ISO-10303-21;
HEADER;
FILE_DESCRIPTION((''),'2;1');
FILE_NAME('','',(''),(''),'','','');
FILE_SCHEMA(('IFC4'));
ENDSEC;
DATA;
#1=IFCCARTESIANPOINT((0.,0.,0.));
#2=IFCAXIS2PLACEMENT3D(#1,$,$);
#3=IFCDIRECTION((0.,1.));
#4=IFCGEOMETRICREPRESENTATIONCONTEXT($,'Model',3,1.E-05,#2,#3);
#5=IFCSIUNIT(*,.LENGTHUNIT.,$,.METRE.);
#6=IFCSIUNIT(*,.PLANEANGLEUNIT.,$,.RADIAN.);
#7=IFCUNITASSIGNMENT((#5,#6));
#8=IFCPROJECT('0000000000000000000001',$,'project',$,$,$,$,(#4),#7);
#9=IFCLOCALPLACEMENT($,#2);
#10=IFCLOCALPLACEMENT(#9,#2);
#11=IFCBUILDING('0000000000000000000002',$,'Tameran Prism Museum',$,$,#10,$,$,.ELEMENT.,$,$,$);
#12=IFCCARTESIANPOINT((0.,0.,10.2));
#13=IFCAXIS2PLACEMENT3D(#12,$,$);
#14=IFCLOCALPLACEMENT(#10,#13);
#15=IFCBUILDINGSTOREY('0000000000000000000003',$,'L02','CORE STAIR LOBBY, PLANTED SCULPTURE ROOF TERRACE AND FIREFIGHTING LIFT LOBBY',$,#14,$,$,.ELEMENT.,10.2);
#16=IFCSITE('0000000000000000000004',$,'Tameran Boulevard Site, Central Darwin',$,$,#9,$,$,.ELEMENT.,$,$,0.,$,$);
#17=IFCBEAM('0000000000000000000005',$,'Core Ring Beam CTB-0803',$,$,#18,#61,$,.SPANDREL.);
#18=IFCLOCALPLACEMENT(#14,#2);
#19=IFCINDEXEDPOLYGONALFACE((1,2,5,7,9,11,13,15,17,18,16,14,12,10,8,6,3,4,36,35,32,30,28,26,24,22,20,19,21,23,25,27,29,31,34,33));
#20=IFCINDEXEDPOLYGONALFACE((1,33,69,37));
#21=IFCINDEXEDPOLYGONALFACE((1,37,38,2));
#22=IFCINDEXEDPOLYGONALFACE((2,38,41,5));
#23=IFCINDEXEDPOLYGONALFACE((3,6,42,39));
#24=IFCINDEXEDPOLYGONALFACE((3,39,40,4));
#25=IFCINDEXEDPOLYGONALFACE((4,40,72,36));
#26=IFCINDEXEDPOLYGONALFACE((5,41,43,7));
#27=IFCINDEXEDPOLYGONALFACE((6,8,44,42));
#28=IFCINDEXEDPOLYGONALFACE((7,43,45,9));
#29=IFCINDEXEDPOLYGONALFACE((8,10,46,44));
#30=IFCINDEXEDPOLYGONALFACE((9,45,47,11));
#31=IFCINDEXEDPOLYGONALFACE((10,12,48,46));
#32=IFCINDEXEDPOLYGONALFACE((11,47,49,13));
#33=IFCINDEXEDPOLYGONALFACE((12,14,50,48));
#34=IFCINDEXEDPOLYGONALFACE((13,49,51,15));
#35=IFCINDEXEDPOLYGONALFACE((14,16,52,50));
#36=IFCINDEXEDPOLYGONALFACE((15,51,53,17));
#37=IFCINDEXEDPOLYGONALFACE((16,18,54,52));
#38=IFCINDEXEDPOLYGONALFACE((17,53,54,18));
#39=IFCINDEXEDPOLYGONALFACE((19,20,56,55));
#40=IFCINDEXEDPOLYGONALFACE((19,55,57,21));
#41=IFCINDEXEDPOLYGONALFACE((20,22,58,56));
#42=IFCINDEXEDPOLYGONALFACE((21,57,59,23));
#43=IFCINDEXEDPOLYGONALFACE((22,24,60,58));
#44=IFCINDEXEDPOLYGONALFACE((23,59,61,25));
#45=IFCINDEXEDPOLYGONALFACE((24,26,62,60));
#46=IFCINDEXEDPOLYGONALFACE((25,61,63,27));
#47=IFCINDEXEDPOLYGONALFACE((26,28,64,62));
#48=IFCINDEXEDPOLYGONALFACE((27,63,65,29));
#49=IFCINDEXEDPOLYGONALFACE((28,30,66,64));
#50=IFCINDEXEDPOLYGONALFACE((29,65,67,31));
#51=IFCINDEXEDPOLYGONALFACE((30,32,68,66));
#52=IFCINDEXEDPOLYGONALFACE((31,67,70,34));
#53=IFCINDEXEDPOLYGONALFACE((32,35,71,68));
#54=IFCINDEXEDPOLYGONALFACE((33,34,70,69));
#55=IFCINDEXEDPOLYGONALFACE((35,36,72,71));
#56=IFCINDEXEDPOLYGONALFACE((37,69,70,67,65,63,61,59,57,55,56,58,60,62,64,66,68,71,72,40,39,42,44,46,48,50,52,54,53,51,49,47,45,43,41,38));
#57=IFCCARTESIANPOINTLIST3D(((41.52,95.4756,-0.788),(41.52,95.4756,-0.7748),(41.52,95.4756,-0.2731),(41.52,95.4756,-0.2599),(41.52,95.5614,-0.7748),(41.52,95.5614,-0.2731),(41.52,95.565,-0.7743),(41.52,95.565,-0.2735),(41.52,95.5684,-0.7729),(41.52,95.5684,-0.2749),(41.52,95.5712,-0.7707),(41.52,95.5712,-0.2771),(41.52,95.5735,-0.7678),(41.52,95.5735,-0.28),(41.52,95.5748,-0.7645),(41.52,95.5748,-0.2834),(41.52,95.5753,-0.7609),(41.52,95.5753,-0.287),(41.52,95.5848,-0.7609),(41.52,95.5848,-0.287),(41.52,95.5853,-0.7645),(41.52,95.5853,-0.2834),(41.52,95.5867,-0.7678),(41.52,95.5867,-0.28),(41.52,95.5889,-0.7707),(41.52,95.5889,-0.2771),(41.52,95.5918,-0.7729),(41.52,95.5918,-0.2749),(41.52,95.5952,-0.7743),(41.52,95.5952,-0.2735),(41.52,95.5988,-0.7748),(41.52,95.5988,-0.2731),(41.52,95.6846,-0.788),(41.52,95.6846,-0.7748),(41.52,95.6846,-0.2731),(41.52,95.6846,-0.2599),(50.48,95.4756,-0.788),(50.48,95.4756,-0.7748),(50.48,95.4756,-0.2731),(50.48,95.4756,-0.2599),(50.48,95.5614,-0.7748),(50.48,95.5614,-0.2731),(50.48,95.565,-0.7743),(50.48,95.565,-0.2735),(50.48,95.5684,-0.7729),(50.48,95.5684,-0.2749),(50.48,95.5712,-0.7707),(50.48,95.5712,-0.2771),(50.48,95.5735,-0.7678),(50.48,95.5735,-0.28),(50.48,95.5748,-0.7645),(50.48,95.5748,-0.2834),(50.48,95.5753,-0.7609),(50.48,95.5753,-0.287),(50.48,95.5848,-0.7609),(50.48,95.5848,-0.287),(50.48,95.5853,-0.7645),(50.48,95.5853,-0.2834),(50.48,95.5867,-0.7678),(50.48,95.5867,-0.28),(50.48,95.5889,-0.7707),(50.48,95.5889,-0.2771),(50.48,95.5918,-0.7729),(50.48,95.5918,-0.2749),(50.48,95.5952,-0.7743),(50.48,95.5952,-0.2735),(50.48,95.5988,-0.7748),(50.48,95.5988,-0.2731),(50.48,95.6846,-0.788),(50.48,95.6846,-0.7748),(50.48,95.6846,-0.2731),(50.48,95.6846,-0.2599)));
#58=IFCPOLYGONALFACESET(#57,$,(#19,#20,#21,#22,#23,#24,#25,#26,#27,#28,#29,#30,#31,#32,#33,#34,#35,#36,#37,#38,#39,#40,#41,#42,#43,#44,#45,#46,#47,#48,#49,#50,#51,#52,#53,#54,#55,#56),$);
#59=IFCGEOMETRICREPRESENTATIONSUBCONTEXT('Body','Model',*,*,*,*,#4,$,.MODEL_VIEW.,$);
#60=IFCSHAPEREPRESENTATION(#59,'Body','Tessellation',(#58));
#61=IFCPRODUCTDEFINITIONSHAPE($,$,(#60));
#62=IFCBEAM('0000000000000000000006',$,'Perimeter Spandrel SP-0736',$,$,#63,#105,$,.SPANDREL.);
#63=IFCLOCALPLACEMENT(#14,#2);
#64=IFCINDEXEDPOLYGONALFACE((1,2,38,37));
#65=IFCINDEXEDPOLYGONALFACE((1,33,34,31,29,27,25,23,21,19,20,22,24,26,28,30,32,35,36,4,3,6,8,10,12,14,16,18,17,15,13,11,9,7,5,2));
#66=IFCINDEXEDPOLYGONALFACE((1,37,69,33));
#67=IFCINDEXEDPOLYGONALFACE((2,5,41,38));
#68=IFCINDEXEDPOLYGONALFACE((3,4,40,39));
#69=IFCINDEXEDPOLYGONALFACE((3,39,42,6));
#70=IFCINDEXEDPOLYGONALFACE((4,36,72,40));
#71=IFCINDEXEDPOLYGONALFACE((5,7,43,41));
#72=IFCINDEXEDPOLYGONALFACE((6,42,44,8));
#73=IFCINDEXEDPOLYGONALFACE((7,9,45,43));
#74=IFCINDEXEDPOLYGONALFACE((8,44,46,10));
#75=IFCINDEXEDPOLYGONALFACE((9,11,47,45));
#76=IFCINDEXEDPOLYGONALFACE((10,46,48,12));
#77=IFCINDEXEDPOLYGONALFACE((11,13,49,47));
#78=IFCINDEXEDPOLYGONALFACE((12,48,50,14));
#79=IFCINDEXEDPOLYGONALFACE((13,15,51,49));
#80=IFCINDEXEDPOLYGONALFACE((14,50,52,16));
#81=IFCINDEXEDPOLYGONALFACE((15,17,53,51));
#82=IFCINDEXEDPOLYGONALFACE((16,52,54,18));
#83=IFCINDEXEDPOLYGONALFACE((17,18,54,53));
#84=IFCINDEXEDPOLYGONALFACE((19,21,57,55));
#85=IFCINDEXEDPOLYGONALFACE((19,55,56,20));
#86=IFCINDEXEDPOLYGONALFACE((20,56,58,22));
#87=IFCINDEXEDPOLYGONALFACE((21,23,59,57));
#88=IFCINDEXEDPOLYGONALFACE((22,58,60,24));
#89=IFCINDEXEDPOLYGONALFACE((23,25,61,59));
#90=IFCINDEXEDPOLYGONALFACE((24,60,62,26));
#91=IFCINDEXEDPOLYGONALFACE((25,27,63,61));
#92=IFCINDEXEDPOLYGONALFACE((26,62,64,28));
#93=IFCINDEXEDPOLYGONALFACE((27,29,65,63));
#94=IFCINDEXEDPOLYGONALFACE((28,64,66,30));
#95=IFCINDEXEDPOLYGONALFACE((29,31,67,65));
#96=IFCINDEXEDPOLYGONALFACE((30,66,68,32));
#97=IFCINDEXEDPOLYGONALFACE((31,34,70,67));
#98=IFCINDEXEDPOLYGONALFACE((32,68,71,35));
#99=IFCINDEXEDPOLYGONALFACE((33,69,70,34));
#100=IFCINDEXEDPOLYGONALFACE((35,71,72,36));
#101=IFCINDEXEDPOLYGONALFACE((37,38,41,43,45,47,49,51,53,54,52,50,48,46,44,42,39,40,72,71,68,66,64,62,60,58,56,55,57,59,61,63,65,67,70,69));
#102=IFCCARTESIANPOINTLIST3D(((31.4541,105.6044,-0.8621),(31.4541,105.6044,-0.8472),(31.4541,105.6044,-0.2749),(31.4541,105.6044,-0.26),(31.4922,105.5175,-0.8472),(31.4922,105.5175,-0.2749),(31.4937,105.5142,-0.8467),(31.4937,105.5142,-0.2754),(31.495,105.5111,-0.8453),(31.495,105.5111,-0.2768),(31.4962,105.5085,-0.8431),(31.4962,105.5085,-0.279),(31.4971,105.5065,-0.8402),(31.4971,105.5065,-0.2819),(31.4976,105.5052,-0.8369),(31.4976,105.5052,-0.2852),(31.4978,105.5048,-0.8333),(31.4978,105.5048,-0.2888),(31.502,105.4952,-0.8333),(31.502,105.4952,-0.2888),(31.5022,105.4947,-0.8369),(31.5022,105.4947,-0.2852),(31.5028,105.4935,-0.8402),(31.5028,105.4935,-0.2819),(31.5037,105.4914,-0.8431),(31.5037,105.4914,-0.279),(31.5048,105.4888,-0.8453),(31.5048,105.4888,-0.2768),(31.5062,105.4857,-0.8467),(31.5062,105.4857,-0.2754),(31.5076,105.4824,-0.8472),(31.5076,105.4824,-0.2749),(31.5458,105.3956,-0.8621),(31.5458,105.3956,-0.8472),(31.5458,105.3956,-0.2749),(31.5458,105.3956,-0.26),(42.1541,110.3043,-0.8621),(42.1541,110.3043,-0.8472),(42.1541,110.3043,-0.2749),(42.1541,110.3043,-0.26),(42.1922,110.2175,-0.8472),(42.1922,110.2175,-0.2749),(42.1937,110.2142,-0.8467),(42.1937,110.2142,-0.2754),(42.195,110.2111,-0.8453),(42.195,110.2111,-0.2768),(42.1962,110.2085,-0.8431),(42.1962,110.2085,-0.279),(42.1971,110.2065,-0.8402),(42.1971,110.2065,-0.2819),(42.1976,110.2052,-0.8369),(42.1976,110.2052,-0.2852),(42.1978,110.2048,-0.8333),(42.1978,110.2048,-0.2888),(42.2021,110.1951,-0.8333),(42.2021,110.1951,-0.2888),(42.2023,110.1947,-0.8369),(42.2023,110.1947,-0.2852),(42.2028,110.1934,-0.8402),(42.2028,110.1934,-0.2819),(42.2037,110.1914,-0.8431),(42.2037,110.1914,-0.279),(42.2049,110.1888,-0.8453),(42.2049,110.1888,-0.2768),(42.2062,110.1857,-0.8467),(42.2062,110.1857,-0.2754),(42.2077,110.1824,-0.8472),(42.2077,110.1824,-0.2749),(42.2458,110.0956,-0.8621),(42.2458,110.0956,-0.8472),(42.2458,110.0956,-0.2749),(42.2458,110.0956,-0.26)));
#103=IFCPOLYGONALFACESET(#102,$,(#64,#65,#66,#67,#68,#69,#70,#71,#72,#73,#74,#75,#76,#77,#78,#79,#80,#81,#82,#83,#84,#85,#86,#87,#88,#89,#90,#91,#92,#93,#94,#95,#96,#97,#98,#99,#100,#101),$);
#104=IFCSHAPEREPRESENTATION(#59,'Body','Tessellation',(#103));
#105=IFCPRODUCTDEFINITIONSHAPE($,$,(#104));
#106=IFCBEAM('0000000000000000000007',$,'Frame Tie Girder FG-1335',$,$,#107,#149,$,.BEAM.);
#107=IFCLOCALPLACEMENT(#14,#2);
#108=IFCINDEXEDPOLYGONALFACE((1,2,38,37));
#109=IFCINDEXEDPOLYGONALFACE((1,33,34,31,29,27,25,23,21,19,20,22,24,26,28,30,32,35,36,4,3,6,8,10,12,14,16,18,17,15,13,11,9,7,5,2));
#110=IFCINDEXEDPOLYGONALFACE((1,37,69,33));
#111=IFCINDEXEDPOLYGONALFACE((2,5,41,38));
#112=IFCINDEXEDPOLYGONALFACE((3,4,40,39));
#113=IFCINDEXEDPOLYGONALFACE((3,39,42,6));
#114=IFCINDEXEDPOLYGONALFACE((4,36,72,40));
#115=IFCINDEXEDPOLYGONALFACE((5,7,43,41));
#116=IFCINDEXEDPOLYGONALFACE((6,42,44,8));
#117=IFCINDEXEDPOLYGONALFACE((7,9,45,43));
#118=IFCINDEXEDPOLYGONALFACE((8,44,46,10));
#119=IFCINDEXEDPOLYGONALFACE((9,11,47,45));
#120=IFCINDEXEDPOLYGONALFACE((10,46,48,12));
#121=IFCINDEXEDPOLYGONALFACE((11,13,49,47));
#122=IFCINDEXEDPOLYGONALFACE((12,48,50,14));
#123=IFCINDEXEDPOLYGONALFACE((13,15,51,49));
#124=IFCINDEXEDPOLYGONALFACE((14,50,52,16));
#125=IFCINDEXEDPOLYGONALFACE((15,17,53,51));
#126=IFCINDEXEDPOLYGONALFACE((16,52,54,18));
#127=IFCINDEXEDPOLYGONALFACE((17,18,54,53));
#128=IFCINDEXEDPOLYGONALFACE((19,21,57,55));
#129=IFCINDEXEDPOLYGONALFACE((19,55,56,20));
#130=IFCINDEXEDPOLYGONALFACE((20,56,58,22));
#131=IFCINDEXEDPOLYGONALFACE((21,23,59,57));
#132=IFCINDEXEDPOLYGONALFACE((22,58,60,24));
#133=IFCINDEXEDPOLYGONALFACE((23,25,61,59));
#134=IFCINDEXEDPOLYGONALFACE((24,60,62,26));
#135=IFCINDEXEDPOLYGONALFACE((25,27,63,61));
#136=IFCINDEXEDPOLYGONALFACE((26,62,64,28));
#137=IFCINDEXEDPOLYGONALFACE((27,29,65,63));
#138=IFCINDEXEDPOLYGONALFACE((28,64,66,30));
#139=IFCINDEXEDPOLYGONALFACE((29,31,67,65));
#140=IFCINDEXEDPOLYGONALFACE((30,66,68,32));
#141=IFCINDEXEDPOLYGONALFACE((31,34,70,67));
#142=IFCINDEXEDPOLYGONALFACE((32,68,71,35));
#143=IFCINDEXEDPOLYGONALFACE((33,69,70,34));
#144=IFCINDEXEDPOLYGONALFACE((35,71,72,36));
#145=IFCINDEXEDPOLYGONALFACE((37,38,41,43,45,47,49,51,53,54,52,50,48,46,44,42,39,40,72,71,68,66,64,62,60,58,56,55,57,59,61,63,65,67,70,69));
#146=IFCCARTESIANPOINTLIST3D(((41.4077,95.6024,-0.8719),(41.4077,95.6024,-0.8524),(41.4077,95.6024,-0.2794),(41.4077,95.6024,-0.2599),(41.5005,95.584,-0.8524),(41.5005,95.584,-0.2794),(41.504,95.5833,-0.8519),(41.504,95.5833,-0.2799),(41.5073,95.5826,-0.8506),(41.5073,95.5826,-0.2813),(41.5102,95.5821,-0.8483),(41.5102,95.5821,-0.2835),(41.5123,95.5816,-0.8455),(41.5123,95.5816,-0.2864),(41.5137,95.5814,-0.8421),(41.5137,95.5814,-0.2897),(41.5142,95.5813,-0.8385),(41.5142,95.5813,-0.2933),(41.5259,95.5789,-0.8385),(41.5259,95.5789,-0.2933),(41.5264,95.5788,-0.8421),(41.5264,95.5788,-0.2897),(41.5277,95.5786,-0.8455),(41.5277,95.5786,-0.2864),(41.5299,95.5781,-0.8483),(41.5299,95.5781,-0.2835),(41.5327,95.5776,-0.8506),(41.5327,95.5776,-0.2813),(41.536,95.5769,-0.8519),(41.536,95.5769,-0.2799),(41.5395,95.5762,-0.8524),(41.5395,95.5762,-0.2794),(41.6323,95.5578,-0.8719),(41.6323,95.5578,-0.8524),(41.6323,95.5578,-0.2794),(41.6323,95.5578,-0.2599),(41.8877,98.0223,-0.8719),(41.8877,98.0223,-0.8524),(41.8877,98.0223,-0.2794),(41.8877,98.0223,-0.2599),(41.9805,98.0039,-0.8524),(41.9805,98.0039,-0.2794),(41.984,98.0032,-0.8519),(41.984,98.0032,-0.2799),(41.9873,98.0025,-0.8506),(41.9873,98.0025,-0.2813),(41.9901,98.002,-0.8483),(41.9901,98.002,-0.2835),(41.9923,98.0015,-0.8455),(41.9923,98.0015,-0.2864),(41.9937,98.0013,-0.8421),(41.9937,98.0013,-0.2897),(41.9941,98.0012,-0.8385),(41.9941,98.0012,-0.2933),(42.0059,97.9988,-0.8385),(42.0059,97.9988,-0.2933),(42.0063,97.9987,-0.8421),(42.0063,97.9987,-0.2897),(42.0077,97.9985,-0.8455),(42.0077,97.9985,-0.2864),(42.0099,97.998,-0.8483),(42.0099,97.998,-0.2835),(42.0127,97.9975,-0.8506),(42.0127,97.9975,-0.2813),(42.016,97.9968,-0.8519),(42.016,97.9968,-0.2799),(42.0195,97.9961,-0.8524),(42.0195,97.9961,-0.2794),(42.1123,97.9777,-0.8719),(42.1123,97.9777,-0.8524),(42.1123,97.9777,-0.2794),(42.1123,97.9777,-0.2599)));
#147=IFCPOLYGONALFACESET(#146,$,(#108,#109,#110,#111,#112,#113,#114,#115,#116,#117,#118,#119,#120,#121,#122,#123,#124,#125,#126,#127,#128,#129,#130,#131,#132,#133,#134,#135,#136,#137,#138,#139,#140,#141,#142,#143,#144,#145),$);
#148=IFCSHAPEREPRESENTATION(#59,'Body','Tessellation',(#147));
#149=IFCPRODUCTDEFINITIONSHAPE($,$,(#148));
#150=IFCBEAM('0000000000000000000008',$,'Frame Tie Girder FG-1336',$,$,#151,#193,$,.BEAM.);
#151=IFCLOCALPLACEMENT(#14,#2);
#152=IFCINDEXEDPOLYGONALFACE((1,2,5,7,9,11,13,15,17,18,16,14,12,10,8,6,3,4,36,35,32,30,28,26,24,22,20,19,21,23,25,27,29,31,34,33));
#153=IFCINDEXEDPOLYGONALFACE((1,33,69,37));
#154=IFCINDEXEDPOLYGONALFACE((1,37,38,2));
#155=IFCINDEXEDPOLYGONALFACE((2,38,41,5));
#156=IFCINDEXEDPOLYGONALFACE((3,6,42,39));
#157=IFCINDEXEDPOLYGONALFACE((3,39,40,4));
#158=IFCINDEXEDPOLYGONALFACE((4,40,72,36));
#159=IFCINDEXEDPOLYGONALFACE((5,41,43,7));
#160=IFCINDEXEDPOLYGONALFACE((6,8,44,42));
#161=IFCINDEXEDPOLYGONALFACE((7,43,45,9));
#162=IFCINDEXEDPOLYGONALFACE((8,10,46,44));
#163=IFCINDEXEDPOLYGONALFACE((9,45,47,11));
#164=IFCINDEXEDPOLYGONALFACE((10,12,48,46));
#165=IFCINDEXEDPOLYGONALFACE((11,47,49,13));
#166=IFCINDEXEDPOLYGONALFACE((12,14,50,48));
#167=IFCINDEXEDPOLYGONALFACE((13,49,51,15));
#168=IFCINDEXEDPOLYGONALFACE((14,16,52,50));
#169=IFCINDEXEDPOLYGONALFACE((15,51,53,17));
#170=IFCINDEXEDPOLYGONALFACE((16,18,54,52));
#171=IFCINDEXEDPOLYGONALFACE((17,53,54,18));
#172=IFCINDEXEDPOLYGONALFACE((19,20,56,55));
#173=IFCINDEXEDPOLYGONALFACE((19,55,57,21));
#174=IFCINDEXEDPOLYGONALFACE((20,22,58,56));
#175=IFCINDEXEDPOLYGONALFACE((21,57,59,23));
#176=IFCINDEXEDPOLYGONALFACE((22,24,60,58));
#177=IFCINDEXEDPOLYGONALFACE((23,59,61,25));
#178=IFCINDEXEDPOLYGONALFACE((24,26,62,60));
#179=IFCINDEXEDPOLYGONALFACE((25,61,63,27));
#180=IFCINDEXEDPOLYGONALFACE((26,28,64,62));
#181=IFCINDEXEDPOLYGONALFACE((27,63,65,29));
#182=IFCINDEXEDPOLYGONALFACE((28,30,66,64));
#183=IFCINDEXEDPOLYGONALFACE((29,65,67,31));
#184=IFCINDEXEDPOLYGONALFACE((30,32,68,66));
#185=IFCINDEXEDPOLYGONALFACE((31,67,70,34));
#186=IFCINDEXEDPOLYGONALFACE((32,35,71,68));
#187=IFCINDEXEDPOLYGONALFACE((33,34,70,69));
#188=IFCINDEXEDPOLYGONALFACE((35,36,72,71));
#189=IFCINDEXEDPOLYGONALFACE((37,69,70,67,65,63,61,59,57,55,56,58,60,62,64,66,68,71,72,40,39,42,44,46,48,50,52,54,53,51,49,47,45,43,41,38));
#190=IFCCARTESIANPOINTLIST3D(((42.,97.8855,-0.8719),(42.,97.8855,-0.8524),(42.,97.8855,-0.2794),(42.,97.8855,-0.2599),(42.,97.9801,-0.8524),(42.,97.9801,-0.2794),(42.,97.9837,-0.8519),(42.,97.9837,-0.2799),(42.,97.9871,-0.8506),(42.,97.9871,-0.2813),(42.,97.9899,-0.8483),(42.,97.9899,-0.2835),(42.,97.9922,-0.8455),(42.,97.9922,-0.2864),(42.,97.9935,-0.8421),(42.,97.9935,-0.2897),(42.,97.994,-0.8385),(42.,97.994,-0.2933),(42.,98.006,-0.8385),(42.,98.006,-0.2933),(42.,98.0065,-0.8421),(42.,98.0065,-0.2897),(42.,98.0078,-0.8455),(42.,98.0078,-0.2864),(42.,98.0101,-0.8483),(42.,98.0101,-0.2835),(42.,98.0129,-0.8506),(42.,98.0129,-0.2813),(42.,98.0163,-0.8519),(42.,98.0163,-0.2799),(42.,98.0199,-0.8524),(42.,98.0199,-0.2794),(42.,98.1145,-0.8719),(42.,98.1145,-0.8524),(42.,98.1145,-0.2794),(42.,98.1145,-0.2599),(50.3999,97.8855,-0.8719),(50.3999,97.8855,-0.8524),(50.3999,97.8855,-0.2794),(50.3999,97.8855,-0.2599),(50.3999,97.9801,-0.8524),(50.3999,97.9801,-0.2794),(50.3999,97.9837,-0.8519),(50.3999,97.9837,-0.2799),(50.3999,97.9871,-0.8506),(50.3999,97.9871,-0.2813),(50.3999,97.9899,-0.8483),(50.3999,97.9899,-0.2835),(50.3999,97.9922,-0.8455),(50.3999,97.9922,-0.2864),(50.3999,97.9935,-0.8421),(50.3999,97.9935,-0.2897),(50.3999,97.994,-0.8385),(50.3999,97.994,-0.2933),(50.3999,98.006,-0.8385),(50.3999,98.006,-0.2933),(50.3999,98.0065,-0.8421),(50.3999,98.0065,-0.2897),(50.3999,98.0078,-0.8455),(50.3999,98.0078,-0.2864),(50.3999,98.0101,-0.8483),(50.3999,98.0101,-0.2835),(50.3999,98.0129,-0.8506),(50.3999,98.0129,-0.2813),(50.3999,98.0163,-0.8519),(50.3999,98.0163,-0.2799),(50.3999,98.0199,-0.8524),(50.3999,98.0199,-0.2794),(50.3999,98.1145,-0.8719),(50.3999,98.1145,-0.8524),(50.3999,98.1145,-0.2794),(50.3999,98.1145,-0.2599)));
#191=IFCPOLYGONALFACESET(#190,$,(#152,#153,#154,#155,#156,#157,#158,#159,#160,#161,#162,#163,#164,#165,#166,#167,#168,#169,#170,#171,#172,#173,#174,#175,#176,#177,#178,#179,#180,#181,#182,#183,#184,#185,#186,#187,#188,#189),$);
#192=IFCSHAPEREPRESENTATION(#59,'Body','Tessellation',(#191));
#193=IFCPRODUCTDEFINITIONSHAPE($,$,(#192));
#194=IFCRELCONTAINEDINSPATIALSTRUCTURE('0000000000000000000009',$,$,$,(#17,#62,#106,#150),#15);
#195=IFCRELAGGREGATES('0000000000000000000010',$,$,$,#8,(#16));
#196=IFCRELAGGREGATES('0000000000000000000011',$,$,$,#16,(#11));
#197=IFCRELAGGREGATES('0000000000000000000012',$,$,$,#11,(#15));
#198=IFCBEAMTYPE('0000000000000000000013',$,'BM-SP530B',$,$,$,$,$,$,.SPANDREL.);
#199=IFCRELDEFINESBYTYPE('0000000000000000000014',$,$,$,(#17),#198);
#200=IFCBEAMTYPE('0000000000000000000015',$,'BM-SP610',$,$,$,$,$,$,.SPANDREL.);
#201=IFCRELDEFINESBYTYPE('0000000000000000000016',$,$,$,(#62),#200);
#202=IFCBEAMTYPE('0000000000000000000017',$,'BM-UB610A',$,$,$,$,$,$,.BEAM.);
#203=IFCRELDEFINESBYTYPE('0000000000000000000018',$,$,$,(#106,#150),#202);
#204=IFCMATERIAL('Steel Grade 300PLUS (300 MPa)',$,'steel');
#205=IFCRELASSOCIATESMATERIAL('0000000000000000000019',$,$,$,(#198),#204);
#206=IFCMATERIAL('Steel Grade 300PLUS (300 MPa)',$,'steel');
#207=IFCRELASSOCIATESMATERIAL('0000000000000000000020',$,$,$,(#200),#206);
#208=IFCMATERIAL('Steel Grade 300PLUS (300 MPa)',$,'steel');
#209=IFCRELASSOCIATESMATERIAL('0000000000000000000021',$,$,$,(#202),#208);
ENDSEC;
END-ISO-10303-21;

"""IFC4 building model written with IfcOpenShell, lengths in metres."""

from ifc_helpers import new_model, si_unit, direction, frame, origin, origin_2d, place, context, subcontext, project, spatial, i_section, extrude, material, material_profile, profile_set, type_object, element, save


model = new_model("IFC4")

# Units and contexts
model_context = context("Model", 3, precision=1e-05, world=origin(), true_north=direction((0.0, 1.0)))
body_context = subcontext(model_context, "Body", "Model", "MODEL_VIEW")
ifc_project = project(units=[si_unit("LENGTHUNIT", "METRE"), si_unit("PLANEANGLEUNIT", "RADIAN")], contexts=[model_context])

# Site, building, storey
site_placement = place(None, origin())
site = spatial("IfcSite", under=ifc_project, at=site_placement, Name="Tameran Boulevard Site, Central Darwin", CompositionType="ELEMENT", RefElevation=0.0)
building_placement = place(site_placement, origin())
building = spatial("IfcBuilding", under=site, at=building_placement, Name="Tameran Prism Museum", CompositionType="ELEMENT")
storey_placement = place(building_placement, frame((0.0, 0.0, 10.2)))
storey = spatial("IfcBuildingStorey", under=building, at=storey_placement, Name="L02", Description="CORE STAIR LOBBY, PLANTED SCULPTURE ROOF TERRACE AND FIREFIGHTING LIFT LOBBY", CompositionType="ELEMENT", Elevation=10.2)

# Beams
ifc_material_1 = material(Name="Steel Grade 300PLUS (300 MPa)", Category="steel")
ifc_material_profile_1 = material_profile(ifc_material_1, i_section(OverallWidth=0.209, OverallDepth=0.5281, WebThickness=0.0095, FlangeThickness=0.0132, FilletRadius=0.0139, at=origin_2d()))
ifc_profile_set_1 = profile_set([ifc_material_profile_1])
beam_type_1 = type_object("IfcBeamType", Name="BM-SP530B", PredefinedType="SPANDREL", material=ifc_profile_set_1)
beam_1_placement = place(storey_placement, frame((50.48, 95.5801, -0.5239), z_axis=(-1.0, 0.0, 0.0), x_axis=(0.0, -1.0, 0.0)))
element("IfcBeam", 1, at=beam_1_placement, inside=storey, type_object=beam_type_1, Name="Core Ring Beam CTB-0803", PredefinedType="SPANDREL", context=body_context, shape_type="SweptSolid", body=[
    extrude(i_section(OverallWidth=0.209, OverallDepth=0.5281, WebThickness=0.0095, FlangeThickness=0.0132, FilletRadius=0.0139, at=origin_2d()), origin(), (0.0, 0.0, 1.0), 8.96),
])
ifc_material_2 = material(Name="Steel Grade 300PLUS (300 MPa)", Category="steel")
ifc_material_profile_2 = material_profile(ifc_material_2, i_section(OverallWidth=0.228, OverallDepth=0.6021, WebThickness=0.0105, FlangeThickness=0.0149, FilletRadius=0.0139, at=origin_2d()))
ifc_profile_set_2 = profile_set([ifc_material_profile_2])
beam_type_2 = type_object("IfcBeamType", Name="BM-SP610", PredefinedType="SPANDREL", material=ifc_profile_set_2)
beam_2_placement = place(storey_placement, frame((42.2, 110.2, -0.561), z_axis=(-0.915568, -0.402163, 0.0), x_axis=(0.402163, -0.915568, 0.0)))
element("IfcBeam", 2, at=beam_2_placement, inside=storey, type_object=beam_type_2, Name="Perimeter Spandrel SP-0736", PredefinedType="SPANDREL", context=body_context, shape_type="SweptSolid", body=[
    extrude(i_section(OverallWidth=0.228, OverallDepth=0.6021, WebThickness=0.0105, FlangeThickness=0.0149, FilletRadius=0.0139, at=origin_2d()), origin(), (0.0, 0.0, 1.0), 11.6868),
])
ifc_material_3 = material(Name="Steel Grade 300PLUS (300 MPa)", Category="steel")
ifc_material_profile_3 = material_profile(ifc_material_3, i_section(OverallWidth=0.229, OverallDepth=0.6121, WebThickness=0.012, FlangeThickness=0.0195, FilletRadius=0.0139, at=origin_2d()))
ifc_profile_set_3 = profile_set([ifc_material_profile_3])
beam_type_3 = type_object("IfcBeamType", Name="BM-UB610A", PredefinedType="BEAM", material=ifc_profile_set_3)
beam_3_placement = place(storey_placement, frame((42.0, 98.0, -0.5659), z_axis=(-0.194555, -0.980892, 0.0), x_axis=(0.980892, -0.194555, 0.0)))
element("IfcBeam", 3, at=beam_3_placement, inside=storey, type_object=beam_type_3, Name="Frame Tie Girder FG-1335", PredefinedType="BEAM", context=body_context, shape_type="SweptSolid", body=[
    extrude(i_section(OverallWidth=0.229, OverallDepth=0.6121, WebThickness=0.012, FlangeThickness=0.0195, FilletRadius=0.0139, at=origin_2d()), origin(), (0.0, 0.0, 1.0), 2.467),
])
beam_4_placement = place(storey_placement, frame((42.0, 98.0, -0.5659), z_axis=(1.0, 0.0, 0.0), x_axis=(0.0, 1.0, 0.0)))
element("IfcBeam", 4, at=beam_4_placement, inside=storey, type_object=beam_type_3, Name="Frame Tie Girder FG-1336", PredefinedType="BEAM", context=body_context, shape_type="SweptSolid", body=[
    extrude(i_section(OverallWidth=0.229, OverallDepth=0.6121, WebThickness=0.012, FlangeThickness=0.0195, FilletRadius=0.0139, at=origin_2d()), origin(), (0.0, 0.0, 1.0), 8.3999),
])

save(model, "model.ifc")
